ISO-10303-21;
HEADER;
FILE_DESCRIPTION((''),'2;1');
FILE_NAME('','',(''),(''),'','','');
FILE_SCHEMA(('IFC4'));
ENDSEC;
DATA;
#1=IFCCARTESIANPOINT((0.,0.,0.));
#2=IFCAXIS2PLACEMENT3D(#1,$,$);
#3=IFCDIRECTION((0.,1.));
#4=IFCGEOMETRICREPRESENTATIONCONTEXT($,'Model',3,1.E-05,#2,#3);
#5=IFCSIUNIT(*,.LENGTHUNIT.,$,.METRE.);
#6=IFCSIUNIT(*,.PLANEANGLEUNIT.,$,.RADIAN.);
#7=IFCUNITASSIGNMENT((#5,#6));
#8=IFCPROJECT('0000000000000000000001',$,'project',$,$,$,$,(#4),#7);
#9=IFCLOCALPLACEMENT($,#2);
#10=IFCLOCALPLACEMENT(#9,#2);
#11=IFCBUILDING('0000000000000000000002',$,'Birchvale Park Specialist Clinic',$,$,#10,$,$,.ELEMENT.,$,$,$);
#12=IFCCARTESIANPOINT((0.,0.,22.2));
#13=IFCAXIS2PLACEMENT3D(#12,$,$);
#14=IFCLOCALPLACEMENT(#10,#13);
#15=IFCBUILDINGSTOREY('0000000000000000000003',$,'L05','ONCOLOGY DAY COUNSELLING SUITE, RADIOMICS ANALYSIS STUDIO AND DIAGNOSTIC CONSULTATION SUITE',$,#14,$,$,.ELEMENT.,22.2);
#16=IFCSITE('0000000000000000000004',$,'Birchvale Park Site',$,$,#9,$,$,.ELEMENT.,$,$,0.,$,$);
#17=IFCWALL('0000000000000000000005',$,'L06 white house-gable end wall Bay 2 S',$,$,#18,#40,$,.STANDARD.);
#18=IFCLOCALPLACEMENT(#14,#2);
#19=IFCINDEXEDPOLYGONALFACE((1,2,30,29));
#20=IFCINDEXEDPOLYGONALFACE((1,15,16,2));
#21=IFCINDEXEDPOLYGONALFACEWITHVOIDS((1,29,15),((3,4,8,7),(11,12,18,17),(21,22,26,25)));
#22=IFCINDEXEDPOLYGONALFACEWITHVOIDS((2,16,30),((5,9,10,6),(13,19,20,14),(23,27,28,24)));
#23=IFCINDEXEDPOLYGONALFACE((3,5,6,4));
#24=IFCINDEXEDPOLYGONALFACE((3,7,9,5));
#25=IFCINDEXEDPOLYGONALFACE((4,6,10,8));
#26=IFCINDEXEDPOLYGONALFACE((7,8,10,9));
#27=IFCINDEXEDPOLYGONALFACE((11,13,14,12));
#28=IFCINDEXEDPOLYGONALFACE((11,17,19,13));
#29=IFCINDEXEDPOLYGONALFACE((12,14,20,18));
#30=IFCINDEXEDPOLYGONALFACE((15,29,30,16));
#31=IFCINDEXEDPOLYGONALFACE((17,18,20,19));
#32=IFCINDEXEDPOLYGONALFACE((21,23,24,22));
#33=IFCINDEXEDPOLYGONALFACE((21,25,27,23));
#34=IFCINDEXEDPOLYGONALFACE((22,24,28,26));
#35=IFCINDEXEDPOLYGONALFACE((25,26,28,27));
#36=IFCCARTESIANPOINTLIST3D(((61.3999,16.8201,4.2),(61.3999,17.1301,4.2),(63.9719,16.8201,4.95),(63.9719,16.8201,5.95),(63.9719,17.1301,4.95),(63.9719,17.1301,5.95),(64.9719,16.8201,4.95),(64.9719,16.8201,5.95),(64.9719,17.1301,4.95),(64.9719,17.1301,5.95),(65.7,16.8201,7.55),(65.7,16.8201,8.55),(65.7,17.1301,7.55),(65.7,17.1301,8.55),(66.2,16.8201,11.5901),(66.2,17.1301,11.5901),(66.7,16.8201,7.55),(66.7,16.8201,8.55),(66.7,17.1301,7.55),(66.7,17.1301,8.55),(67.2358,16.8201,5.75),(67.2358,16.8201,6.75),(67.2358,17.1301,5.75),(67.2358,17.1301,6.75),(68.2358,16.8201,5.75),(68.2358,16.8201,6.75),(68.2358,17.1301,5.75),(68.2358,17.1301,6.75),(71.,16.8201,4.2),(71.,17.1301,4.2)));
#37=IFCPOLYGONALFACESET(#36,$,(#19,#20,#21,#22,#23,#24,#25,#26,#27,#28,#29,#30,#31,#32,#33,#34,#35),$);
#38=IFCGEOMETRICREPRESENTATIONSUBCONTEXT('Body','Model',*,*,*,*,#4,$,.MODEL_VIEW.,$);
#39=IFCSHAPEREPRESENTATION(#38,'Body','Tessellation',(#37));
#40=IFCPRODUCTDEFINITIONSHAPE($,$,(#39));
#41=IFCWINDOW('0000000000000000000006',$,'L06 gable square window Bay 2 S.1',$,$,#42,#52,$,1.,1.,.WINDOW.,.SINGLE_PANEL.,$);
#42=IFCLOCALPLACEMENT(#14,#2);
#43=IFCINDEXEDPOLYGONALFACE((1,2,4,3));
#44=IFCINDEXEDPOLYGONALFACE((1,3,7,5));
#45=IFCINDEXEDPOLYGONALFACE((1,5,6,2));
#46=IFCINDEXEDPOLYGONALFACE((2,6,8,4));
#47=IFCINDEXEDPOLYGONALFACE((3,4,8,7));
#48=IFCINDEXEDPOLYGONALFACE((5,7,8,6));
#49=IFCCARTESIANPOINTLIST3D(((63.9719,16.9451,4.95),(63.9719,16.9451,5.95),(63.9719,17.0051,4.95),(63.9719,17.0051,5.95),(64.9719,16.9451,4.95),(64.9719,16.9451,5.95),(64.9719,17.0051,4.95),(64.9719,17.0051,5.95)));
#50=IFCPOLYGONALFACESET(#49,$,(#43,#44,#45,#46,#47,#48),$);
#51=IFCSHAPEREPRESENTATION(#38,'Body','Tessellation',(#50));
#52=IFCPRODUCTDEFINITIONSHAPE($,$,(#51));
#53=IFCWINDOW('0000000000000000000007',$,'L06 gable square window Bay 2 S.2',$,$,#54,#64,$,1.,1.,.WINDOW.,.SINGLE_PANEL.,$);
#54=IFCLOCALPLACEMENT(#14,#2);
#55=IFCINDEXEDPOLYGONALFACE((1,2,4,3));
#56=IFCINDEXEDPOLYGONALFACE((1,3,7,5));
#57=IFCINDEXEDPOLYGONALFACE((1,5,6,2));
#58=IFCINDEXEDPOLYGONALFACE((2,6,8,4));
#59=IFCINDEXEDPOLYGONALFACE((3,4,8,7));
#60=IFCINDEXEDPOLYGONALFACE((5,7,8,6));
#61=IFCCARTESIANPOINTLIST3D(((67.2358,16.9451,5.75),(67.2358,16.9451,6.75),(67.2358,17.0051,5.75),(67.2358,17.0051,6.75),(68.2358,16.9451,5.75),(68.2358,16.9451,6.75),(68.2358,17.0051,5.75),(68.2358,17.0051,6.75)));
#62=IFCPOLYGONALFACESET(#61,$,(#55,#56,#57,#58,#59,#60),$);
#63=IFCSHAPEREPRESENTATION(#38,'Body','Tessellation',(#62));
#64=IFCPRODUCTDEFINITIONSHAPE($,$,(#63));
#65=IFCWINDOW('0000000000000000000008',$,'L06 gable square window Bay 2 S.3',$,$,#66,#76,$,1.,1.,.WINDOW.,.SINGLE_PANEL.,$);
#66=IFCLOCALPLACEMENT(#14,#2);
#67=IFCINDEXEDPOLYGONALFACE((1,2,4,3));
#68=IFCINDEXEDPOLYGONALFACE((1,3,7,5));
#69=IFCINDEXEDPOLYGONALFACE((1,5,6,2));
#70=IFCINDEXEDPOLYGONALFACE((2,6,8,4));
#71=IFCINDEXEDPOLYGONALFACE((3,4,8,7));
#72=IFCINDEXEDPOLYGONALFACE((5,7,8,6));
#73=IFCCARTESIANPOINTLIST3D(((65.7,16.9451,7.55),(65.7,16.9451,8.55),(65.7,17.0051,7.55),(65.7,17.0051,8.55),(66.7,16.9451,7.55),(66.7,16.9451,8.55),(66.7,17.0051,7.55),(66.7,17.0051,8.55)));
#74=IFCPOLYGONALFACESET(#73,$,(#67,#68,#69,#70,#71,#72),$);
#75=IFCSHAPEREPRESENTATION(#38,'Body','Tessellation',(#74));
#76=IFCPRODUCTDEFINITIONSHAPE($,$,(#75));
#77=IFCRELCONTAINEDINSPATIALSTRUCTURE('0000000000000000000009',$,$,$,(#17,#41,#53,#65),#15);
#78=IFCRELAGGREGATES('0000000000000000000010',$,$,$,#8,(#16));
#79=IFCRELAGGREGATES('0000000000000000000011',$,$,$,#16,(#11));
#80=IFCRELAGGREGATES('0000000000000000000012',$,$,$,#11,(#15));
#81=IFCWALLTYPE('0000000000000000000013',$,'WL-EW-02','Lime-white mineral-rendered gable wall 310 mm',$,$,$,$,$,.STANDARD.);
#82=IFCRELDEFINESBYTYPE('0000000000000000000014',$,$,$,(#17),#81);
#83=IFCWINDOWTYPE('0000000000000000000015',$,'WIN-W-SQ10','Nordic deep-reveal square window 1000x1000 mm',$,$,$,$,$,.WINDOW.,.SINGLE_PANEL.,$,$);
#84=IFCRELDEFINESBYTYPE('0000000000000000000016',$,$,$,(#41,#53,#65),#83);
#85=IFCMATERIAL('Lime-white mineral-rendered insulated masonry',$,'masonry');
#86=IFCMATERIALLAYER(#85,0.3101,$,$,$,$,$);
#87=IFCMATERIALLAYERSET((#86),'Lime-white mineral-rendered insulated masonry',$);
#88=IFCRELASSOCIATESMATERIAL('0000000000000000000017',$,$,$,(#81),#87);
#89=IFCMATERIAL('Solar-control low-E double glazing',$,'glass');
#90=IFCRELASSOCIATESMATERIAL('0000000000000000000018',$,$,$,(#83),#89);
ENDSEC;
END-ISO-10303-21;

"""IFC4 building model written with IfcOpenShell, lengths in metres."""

from ifc_helpers import new_model, si_unit, direction, frame, frame_2d, origin, place, context, subcontext, project, spatial, polyline, rectangle, outline, extrude, material, layer, layer_set, type_object, element, fill, save


model = new_model("IFC4")

# Units and contexts
model_context = context("Model", 3, precision=1e-05, world=origin(), true_north=direction((0.0, 1.0)))
body_context = subcontext(model_context, "Body", "Model", "MODEL_VIEW")
ifc_project = project(units=[si_unit("LENGTHUNIT", "METRE"), si_unit("PLANEANGLEUNIT", "RADIAN")], contexts=[model_context])

# Site, building, storey
site_placement = place(None, origin())
site = spatial("IfcSite", under=ifc_project, at=site_placement, Name="Birchvale Park Site", CompositionType="ELEMENT", RefElevation=0.0)
building_placement = place(site_placement, origin())
building = spatial("IfcBuilding", under=site, at=building_placement, Name="Birchvale Park Specialist Clinic", CompositionType="ELEMENT")
storey_placement = place(building_placement, frame((0.0, 0.0, 22.2)))
storey = spatial("IfcBuildingStorey", under=building, at=storey_placement, Name="L05", Description="ONCOLOGY DAY COUNSELLING SUITE, RADIOMICS ANALYSIS STUDIO AND DIAGNOSTIC CONSULTATION SUITE", CompositionType="ELEMENT", Elevation=22.2)

# Shared definitions
ifc_material_1 = material(Name="Lime-white mineral-rendered insulated masonry", Category="masonry")
ifc_material_2 = material(Name="Solar-control low-E double glazing", Category="glass")

# Wall, openings, windows
ifc_layer_1 = layer(ifc_material_1, 0.3101)
ifc_layer_set_1 = layer_set([ifc_layer_1], Name="Lime-white mineral-rendered insulated masonry")
wall_type_1 = type_object("IfcWallType", Name="WL-EW-02", Description="Lime-white mineral-rendered gable wall 310 mm", PredefinedType="STANDARD", material=ifc_layer_set_1)
wall_1_placement = place(storey_placement, frame((61.3999, 16.9751, 4.2), z_axis=(0.0, 0.0, 1.0), x_axis=(1.0, 0.0, 0.0)))
wall_1 = element("IfcWall", 1, at=wall_1_placement, inside=storey, type_object=wall_type_1, Name="L06 white house-gable end wall Bay 2 S", PredefinedType="STANDARD", context=body_context, shape_type="SweptSolid", body=[
    extrude(outline(polyline([(0.0, 0.0), (9.6001, 0.0), (9.6001, 0.0), (4.8, 7.3901), (0.0, 0.0), (0.0, 0.0)])), frame((0.0, 0.155, 0.0), z_axis=(0.0, -1.0, 0.0), x_axis=(1.0, 0.0, 0.0)), (0.0, 0.0, 1.0), 0.3101),
])
opening_1_placement = place(wall_1_placement, frame((2.572, 0.0, 0.75)))
opening_1 = element("IfcOpeningElement", 2, at=opening_1_placement, cuts=wall_1, PredefinedType="OPENING", context=body_context, shape_type="SweptSolid", body=[
    extrude(rectangle(XDim=1.0, YDim=1.0, at=frame_2d((0.5, 0.5))), frame((0.0, 0.165, 0.0), z_axis=(0.0, -1.0, 0.0), x_axis=(1.0, 0.0, 0.0)), (0.0, 0.0, 1.0), 0.3301),
])
opening_2_placement = place(wall_1_placement, frame((5.8359, 0.0, 1.55)))
opening_2 = element("IfcOpeningElement", 3, at=opening_2_placement, cuts=wall_1, PredefinedType="OPENING", context=body_context, shape_type="SweptSolid", body=[
    extrude(rectangle(XDim=1.0, YDim=1.0, at=frame_2d((0.5, 0.5))), frame((0.0, 0.165, 0.0), z_axis=(0.0, -1.0, 0.0), x_axis=(1.0, 0.0, 0.0)), (0.0, 0.0, 1.0), 0.3301),
])
opening_3_placement = place(wall_1_placement, frame((4.3, 0.0, 3.3501)))
opening_3 = element("IfcOpeningElement", 4, at=opening_3_placement, cuts=wall_1, PredefinedType="OPENING", context=body_context, shape_type="SweptSolid", body=[
    extrude(rectangle(XDim=1.0, YDim=1.0, at=frame_2d((0.5, 0.5))), frame((0.0, 0.165, 0.0), z_axis=(0.0, -1.0, 0.0), x_axis=(1.0, 0.0, 0.0)), (0.0, 0.0, 1.0), 0.3301),
])
window_type_1 = type_object("IfcWindowType", Name="WIN-W-SQ10", Description="Nordic deep-reveal square window 1000x1000 mm", PartitioningType="SINGLE_PANEL", PredefinedType="WINDOW", material=ifc_material_2)
window_1_placement = place(opening_1_placement, origin())
window_1 = element("IfcWindow", 5, at=window_1_placement, inside=storey, type_object=window_type_1, Name="L06 gable square window Bay 2 S.1", OverallHeight=1.0, OverallWidth=1.0, PartitioningType="SINGLE_PANEL", PredefinedType="WINDOW", context=body_context, shape_type="SweptSolid", body=[
    extrude(rectangle(XDim=1.0, YDim=1.0, at=frame_2d((0.5, 0.5))), frame((0.0, 0.03, 0.0), z_axis=(0.0, -1.0, 0.0), x_axis=(1.0, 0.0, 0.0)), (0.0, 0.0, 1.0), 0.0601),
])
fill(opening_1, window_1)
window_2_placement = place(opening_2_placement, origin())
window_2 = element("IfcWindow", 6, at=window_2_placement, inside=storey, type_object=window_type_1, Name="L06 gable square window Bay 2 S.2", OverallHeight=1.0, OverallWidth=1.0, PartitioningType="SINGLE_PANEL", PredefinedType="WINDOW", context=body_context, shape_type="SweptSolid", body=[
    extrude(rectangle(XDim=1.0, YDim=1.0, at=frame_2d((0.5, 0.5))), frame((0.0, 0.03, 0.0), z_axis=(0.0, -1.0, 0.0), x_axis=(1.0, 0.0, 0.0)), (0.0, 0.0, 1.0), 0.0601),
])
fill(opening_2, window_2)
window_3_placement = place(opening_3_placement, origin())
window_3 = element("IfcWindow", 7, at=window_3_placement, inside=storey, type_object=window_type_1, Name="L06 gable square window Bay 2 S.3", OverallHeight=1.0, OverallWidth=1.0, PartitioningType="SINGLE_PANEL", PredefinedType="WINDOW", context=body_context, shape_type="SweptSolid", body=[
    extrude(rectangle(XDim=1.0, YDim=1.0, at=frame_2d((0.5, 0.5))), frame((0.0, 0.03, 0.0), z_axis=(0.0, -1.0, 0.0), x_axis=(1.0, 0.0, 0.0)), (0.0, 0.0, 1.0), 0.0601),
])
fill(opening_3, window_3)

save(model, "model.ifc")
